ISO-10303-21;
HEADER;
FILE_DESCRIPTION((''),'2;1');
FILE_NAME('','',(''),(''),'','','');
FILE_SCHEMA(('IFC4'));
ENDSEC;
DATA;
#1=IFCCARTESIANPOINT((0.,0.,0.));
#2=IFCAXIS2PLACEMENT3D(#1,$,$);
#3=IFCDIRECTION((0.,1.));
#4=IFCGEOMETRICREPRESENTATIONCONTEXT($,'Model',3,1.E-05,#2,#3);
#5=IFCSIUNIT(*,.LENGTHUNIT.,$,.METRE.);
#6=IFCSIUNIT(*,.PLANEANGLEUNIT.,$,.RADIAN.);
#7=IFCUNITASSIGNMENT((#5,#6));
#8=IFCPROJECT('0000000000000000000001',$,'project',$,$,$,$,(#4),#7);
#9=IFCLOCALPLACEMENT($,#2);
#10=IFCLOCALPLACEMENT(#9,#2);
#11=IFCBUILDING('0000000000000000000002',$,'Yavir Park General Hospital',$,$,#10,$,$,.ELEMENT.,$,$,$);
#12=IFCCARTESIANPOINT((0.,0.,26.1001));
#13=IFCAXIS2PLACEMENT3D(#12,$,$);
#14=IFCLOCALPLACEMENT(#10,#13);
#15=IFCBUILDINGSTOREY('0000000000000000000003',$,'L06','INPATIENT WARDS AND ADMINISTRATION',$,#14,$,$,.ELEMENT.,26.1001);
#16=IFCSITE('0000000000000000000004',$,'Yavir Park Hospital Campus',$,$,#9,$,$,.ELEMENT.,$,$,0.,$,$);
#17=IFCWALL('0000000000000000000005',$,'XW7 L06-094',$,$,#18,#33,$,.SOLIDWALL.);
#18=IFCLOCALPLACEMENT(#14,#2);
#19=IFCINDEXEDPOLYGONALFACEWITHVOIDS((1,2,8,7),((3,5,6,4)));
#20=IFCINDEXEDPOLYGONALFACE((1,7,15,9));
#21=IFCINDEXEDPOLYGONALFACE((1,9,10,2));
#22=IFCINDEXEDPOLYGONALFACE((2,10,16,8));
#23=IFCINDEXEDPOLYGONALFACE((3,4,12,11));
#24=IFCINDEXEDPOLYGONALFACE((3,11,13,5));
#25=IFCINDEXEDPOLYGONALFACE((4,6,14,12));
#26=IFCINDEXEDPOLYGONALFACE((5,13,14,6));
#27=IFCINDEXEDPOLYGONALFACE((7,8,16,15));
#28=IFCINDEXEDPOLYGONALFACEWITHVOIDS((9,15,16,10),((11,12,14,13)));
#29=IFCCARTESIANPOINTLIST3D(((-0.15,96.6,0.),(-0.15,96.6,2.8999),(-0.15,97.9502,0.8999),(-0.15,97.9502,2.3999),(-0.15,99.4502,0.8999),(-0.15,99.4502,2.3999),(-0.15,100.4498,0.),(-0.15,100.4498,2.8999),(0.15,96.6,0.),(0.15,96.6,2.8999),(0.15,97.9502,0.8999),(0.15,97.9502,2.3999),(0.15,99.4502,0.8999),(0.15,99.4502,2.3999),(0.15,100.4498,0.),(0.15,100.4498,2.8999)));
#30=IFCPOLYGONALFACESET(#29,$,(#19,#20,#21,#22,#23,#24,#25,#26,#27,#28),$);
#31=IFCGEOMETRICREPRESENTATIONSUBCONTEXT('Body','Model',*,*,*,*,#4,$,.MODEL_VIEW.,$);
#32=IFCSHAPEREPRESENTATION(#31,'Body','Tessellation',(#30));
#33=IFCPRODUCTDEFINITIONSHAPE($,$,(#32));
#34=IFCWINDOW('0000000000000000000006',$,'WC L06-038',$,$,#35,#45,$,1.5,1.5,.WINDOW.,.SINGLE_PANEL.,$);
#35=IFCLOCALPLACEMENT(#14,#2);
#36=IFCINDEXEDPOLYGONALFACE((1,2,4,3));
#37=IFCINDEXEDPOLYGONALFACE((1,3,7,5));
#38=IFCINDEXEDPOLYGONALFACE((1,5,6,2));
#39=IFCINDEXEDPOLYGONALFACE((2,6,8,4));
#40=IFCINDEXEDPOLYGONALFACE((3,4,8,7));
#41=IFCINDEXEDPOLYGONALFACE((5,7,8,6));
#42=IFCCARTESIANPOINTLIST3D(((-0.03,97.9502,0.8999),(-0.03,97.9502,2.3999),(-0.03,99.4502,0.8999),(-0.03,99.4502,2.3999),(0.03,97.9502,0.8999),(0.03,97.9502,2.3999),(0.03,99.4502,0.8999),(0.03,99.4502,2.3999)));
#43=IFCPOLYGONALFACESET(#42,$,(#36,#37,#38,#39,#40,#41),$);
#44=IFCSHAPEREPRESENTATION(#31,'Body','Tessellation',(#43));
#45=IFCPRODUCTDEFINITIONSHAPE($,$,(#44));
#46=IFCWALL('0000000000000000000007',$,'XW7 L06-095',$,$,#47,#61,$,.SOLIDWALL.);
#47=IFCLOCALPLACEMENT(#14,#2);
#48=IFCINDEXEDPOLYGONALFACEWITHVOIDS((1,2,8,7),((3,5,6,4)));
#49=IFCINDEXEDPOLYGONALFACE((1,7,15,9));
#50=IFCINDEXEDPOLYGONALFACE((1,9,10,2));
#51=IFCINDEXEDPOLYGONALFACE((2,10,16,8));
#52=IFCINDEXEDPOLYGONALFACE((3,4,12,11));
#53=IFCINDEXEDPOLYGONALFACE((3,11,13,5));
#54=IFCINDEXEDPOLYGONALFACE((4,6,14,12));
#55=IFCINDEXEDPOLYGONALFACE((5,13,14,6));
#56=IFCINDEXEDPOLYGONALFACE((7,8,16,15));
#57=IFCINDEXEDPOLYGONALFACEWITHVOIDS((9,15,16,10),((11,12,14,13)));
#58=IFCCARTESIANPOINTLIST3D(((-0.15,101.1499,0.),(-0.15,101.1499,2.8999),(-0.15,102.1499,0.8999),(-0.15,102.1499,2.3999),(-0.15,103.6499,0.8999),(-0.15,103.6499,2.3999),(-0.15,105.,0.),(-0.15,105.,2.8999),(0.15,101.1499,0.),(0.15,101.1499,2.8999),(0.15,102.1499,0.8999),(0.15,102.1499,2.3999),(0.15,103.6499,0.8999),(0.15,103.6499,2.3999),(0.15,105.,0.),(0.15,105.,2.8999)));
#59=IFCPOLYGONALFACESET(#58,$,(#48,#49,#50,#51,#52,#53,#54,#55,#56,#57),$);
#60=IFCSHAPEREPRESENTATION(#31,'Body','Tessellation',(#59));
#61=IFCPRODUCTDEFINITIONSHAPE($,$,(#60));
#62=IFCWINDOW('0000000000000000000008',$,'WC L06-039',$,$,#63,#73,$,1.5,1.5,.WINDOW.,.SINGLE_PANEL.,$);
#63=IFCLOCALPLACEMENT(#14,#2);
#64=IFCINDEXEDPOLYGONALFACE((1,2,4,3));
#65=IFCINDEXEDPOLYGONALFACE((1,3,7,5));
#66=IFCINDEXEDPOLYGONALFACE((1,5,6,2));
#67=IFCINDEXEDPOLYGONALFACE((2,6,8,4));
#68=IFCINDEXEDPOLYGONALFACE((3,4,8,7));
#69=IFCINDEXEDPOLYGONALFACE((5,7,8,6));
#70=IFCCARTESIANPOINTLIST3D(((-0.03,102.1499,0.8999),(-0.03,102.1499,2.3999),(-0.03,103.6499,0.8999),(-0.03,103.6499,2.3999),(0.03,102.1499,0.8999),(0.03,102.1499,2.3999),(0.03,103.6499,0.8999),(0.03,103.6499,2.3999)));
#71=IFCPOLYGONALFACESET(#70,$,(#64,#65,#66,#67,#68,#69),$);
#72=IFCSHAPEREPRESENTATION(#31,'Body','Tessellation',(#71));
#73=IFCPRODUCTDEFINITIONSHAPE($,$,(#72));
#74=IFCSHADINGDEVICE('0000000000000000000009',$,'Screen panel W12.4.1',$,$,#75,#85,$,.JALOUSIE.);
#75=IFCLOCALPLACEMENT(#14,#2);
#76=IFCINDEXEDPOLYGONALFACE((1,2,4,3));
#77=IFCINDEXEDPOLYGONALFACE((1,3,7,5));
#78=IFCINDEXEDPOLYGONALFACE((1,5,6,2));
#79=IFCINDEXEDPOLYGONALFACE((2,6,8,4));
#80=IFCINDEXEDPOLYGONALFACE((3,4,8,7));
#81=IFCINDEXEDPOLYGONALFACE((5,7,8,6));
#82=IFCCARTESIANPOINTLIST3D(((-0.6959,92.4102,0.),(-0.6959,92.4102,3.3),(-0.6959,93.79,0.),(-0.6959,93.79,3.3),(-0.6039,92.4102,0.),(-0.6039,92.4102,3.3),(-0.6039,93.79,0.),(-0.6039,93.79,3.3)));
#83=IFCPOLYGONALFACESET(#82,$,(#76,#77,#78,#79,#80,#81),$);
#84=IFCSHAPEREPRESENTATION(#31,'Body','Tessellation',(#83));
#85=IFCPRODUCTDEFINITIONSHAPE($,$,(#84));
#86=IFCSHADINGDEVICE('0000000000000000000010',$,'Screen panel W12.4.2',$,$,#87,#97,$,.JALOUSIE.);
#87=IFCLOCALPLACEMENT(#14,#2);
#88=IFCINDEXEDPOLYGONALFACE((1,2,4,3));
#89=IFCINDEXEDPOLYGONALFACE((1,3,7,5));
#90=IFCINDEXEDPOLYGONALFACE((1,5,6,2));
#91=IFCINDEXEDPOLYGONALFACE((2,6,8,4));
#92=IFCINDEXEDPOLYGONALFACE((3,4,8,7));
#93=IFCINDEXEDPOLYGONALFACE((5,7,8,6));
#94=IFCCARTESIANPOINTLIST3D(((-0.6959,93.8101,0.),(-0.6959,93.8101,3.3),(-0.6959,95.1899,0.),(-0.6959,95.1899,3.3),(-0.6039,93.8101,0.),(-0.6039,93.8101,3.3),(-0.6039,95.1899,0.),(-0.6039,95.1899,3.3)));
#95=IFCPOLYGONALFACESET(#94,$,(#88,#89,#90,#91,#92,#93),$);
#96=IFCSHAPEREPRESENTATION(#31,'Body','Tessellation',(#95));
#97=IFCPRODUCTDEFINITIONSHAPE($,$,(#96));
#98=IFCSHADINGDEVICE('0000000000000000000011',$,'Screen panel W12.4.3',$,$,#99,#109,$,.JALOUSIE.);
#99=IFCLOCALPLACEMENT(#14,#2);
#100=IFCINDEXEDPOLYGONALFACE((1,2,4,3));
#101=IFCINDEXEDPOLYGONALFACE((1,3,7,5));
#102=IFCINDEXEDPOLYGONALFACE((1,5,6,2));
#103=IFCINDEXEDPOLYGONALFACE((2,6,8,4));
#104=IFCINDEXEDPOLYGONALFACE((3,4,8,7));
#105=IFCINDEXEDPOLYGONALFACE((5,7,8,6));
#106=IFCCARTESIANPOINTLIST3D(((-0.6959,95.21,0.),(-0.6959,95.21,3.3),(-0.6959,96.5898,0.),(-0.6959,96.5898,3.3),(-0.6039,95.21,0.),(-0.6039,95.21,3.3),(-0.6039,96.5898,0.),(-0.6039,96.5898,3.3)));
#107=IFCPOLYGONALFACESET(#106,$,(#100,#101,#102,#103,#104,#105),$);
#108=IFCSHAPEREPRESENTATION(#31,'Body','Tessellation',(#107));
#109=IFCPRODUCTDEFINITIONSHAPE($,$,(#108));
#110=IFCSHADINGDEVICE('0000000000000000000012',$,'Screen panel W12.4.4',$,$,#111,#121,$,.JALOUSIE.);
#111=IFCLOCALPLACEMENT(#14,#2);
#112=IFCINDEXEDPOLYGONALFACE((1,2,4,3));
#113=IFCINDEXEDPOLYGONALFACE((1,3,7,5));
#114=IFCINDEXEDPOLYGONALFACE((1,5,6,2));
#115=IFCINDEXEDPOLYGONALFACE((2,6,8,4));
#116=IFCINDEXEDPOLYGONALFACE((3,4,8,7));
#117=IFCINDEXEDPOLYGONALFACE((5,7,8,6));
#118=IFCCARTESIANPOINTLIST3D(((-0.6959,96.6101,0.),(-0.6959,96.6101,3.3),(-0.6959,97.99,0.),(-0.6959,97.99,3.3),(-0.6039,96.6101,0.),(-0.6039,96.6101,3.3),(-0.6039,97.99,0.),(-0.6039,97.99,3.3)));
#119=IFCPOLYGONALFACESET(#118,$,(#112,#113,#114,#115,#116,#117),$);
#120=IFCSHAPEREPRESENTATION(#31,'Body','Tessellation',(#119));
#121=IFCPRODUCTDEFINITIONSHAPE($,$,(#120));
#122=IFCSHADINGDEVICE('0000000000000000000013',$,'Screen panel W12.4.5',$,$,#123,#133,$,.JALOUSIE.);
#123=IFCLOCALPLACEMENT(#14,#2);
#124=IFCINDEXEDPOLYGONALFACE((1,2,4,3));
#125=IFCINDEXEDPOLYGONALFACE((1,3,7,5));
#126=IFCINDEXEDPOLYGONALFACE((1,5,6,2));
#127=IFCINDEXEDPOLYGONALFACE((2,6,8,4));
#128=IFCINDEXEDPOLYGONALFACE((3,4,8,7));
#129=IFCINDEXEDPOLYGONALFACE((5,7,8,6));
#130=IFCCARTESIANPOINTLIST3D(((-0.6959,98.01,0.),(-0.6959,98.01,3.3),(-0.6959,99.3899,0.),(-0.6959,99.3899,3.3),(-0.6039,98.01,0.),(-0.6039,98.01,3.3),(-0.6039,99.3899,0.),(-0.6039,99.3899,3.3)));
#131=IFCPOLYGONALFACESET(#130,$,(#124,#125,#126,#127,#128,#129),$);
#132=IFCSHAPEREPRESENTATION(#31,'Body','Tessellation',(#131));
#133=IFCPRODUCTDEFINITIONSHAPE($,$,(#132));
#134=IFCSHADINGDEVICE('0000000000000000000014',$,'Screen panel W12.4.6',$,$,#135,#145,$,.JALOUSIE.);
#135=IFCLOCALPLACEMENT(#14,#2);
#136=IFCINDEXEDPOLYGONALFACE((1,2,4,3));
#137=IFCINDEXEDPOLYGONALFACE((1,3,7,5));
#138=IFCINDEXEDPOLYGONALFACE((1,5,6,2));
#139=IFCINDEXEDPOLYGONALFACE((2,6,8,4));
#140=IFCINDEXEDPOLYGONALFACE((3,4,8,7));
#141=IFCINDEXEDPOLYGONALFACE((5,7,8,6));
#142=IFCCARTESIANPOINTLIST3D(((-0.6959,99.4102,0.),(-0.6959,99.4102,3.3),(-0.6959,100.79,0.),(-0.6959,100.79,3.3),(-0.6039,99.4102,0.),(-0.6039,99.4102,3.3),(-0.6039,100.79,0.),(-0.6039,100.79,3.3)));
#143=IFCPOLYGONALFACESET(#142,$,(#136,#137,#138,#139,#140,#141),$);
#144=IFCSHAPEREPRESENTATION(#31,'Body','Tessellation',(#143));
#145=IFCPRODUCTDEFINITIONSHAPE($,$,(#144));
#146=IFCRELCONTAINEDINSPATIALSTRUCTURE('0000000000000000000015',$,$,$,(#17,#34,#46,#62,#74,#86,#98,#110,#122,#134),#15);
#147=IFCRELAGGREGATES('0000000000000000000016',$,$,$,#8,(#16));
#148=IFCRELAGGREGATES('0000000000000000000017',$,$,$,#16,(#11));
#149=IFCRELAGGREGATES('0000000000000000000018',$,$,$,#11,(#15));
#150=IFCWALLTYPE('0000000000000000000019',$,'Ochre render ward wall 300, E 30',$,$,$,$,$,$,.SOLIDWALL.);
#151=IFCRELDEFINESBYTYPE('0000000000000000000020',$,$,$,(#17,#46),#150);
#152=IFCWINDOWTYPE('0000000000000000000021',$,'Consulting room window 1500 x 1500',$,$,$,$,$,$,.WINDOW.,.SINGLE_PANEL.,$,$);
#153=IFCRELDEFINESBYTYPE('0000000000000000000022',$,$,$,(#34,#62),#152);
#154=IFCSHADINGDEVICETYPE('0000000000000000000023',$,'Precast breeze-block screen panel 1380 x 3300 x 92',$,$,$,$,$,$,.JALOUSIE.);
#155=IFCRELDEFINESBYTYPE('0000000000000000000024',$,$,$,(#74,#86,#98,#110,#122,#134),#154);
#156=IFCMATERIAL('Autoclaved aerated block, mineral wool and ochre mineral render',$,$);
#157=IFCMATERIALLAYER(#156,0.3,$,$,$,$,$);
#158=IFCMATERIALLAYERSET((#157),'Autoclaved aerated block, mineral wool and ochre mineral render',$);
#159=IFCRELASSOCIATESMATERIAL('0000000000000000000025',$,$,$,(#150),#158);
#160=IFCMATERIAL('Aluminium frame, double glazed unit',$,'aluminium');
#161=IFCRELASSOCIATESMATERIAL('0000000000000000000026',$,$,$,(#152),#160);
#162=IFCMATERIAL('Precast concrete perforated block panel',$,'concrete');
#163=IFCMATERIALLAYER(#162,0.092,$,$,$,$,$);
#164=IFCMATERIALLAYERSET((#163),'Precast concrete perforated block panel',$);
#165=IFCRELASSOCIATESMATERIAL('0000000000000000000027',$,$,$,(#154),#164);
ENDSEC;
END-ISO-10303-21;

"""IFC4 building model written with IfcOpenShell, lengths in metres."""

from ifc_helpers import new_model, si_unit, direction, frame, frame_2d, origin, origin_2d, place, context, subcontext, project, spatial, rectangle, extrude, material, layer, layer_set, type_object, element, fill, save


model = new_model("IFC4")

# Units and contexts
model_context = context("Model", 3, precision=1e-05, world=origin(), true_north=direction((0.0, 1.0)))
body_context = subcontext(model_context, "Body", "Model", "MODEL_VIEW")
ifc_project = project(units=[si_unit("LENGTHUNIT", "METRE"), si_unit("PLANEANGLEUNIT", "RADIAN")], contexts=[model_context])

# Site, building, storey
site_placement = place(None, origin())
site = spatial("IfcSite", under=ifc_project, at=site_placement, Name="Yavir Park Hospital Campus", CompositionType="ELEMENT", RefElevation=0.0)
building_placement = place(site_placement, origin())
building = spatial("IfcBuilding", under=site, at=building_placement, Name="Yavir Park General Hospital", CompositionType="ELEMENT")
storey_placement = place(building_placement, frame((0.0, 0.0, 26.1001)))
storey = spatial("IfcBuildingStorey", under=building, at=storey_placement, Name="L06", Description="INPATIENT WARDS AND ADMINISTRATION", CompositionType="ELEMENT", Elevation=26.1001)

# Walls, openings, windows
ifc_material_1 = material(Name="Autoclaved aerated block, mineral wool and ochre mineral render")
ifc_layer_1 = layer(ifc_material_1, 0.3)
ifc_layer_set_1 = layer_set([ifc_layer_1], Name="Autoclaved aerated block, mineral wool and ochre mineral render")
wall_type_1 = type_object("IfcWallType", Name="Ochre render ward wall 300, E 30", PredefinedType="SOLIDWALL", material=ifc_layer_set_1)
ifc_material_2 = material(Name="Aluminium frame, double glazed unit", Category="aluminium")
window_type = type_object("IfcWindowType", Name="Consulting room window 1500 x 1500", PartitioningType="SINGLE_PANEL", PredefinedType="WINDOW", material=ifc_material_2)
wall_1_placement = place(storey_placement, frame((0.0, 96.6001, 0.0), z_axis=(0.0, 0.0, 1.0), x_axis=(0.0, 1.0, 0.0)))
wall_1 = element("IfcWall", 1, at=wall_1_placement, inside=storey, type_object=wall_type_1, Name="XW7 L06-094", PredefinedType="SOLIDWALL", context=body_context, shape_type="SweptSolid", body=[
    extrude(rectangle(XDim=3.8499, YDim=0.3, at=frame_2d((1.9248, 0.0))), origin(), (0.0, 0.0, 1.0), 2.8999),
])
opening_1_placement = place(wall_1_placement, frame((1.3501, 0.0, 0.8999)))
opening_1 = element("IfcOpeningElement", 2, at=opening_1_placement, cuts=wall_1, PredefinedType="OPENING", context=body_context, shape_type="SweptSolid", body=[
    extrude(rectangle(XDim=1.5, YDim=1.5, at=frame_2d((0.75, 0.75))), frame((0.0, 0.1599, 0.0), z_axis=(0.0, -1.0, 0.0), x_axis=(1.0, 0.0, 0.0)), (0.0, 0.0, 1.0), 0.3201),
])
window_1_placement = place(opening_1_placement, origin())
window_1 = element("IfcWindow", 3, at=window_1_placement, inside=storey, type_object=window_type, Name="WC L06-038", OverallHeight=1.5, OverallWidth=1.5, PartitioningType="SINGLE_PANEL", PredefinedType="WINDOW", context=body_context, shape_type="SweptSolid", body=[
    extrude(rectangle(XDim=1.5, YDim=1.5, at=frame_2d((0.75, 0.75))), frame((0.0, 0.03, 0.0), z_axis=(0.0, -1.0, 0.0), x_axis=(1.0, 0.0, 0.0)), (0.0, 0.0, 1.0), 0.0601),
])
fill(opening_1, window_1)
wall_2_placement = place(storey_placement, frame((0.0, 101.1499, 0.0), z_axis=(0.0, 0.0, 1.0), x_axis=(0.0, 1.0, 0.0)))
wall_2 = element("IfcWall", 4, at=wall_2_placement, inside=storey, type_object=wall_type_1, Name="XW7 L06-095", PredefinedType="SOLIDWALL", context=body_context, shape_type="SweptSolid", body=[
    extrude(rectangle(XDim=3.8501, YDim=0.3, at=frame_2d((1.925, 0.0))), origin(), (0.0, 0.0, 1.0), 2.8999),
])
opening_2_placement = place(wall_2_placement, frame((1.0, 0.0, 0.8999)))
opening_2 = element("IfcOpeningElement", 5, at=opening_2_placement, cuts=wall_2, PredefinedType="OPENING", context=body_context, shape_type="SweptSolid", body=[
    extrude(rectangle(XDim=1.5, YDim=1.5, at=frame_2d((0.75, 0.75))), frame((0.0, 0.1599, 0.0), z_axis=(0.0, -1.0, 0.0), x_axis=(1.0, 0.0, 0.0)), (0.0, 0.0, 1.0), 0.3201),
])
window_2_placement = place(opening_2_placement, origin())
window_2 = element("IfcWindow", 6, at=window_2_placement, inside=storey, type_object=window_type, Name="WC L06-039", OverallHeight=1.5, OverallWidth=1.5, PartitioningType="SINGLE_PANEL", PredefinedType="WINDOW", context=body_context, shape_type="SweptSolid", body=[
    extrude(rectangle(XDim=1.5, YDim=1.5, at=frame_2d((0.75, 0.75))), frame((0.0, 0.03, 0.0), z_axis=(0.0, -1.0, 0.0), x_axis=(1.0, 0.0, 0.0)), (0.0, 0.0, 1.0), 0.0601),
])
fill(opening_2, window_2)

# Shading devices
ifc_material_3 = material(Name="Precast concrete perforated block panel", Category="concrete")
ifc_layer_2 = layer(ifc_material_3, 0.092)
ifc_layer_set_2 = layer_set([ifc_layer_2], Name="Precast concrete perforated block panel")
shading_device_type = type_object("IfcShadingDeviceType", Name="Precast breeze-block screen panel 1380 x 3300 x 92", PredefinedType="JALOUSIE", material=ifc_layer_set_2)
for number, where, z_axis, x_axis, name in (
    (7, (-0.6499, 93.1001, 0.0), (0.0, 0.0, 1.0), (1.0, 0.0, 0.0), "Screen panel W12.4.1"),
    (8, (-0.6499, 94.5, 0.0), (0.0, 0.0, 1.0), (1.0, 0.0, 0.0), "Screen panel W12.4.2"),
    (9, (-0.6499, 95.8999, 0.0), (0.0, 0.0, 1.0), (1.0, 0.0, 0.0), "Screen panel W12.4.3"),
    (10, (-0.6499, 97.3, 0.0), (0.0, 0.0, 1.0), (1.0, 0.0, 0.0), "Screen panel W12.4.4"),
    (11, (-0.6499, 98.7, 0.0), (0.0, 0.0, 1.0), (1.0, 0.0, 0.0), "Screen panel W12.4.5"),
    (12, (-0.6499, 100.1001, 0.0), (0.0, 0.0, 1.0), (1.0, 0.0, 0.0), "Screen panel W12.4.6"),
):
    element("IfcShadingDevice", number, at=place(storey_placement, frame(where, z_axis=z_axis, x_axis=x_axis)), inside=storey, type_object=shading_device_type, Name=name, PredefinedType="JALOUSIE", context=body_context, shape_type="SweptSolid", body=[
        extrude(rectangle(XDim=0.092, YDim=1.3799, at=origin_2d()), origin(), (0.0, 0.0, 1.0), 3.3),
    ])

save(model, "model.ifc")
